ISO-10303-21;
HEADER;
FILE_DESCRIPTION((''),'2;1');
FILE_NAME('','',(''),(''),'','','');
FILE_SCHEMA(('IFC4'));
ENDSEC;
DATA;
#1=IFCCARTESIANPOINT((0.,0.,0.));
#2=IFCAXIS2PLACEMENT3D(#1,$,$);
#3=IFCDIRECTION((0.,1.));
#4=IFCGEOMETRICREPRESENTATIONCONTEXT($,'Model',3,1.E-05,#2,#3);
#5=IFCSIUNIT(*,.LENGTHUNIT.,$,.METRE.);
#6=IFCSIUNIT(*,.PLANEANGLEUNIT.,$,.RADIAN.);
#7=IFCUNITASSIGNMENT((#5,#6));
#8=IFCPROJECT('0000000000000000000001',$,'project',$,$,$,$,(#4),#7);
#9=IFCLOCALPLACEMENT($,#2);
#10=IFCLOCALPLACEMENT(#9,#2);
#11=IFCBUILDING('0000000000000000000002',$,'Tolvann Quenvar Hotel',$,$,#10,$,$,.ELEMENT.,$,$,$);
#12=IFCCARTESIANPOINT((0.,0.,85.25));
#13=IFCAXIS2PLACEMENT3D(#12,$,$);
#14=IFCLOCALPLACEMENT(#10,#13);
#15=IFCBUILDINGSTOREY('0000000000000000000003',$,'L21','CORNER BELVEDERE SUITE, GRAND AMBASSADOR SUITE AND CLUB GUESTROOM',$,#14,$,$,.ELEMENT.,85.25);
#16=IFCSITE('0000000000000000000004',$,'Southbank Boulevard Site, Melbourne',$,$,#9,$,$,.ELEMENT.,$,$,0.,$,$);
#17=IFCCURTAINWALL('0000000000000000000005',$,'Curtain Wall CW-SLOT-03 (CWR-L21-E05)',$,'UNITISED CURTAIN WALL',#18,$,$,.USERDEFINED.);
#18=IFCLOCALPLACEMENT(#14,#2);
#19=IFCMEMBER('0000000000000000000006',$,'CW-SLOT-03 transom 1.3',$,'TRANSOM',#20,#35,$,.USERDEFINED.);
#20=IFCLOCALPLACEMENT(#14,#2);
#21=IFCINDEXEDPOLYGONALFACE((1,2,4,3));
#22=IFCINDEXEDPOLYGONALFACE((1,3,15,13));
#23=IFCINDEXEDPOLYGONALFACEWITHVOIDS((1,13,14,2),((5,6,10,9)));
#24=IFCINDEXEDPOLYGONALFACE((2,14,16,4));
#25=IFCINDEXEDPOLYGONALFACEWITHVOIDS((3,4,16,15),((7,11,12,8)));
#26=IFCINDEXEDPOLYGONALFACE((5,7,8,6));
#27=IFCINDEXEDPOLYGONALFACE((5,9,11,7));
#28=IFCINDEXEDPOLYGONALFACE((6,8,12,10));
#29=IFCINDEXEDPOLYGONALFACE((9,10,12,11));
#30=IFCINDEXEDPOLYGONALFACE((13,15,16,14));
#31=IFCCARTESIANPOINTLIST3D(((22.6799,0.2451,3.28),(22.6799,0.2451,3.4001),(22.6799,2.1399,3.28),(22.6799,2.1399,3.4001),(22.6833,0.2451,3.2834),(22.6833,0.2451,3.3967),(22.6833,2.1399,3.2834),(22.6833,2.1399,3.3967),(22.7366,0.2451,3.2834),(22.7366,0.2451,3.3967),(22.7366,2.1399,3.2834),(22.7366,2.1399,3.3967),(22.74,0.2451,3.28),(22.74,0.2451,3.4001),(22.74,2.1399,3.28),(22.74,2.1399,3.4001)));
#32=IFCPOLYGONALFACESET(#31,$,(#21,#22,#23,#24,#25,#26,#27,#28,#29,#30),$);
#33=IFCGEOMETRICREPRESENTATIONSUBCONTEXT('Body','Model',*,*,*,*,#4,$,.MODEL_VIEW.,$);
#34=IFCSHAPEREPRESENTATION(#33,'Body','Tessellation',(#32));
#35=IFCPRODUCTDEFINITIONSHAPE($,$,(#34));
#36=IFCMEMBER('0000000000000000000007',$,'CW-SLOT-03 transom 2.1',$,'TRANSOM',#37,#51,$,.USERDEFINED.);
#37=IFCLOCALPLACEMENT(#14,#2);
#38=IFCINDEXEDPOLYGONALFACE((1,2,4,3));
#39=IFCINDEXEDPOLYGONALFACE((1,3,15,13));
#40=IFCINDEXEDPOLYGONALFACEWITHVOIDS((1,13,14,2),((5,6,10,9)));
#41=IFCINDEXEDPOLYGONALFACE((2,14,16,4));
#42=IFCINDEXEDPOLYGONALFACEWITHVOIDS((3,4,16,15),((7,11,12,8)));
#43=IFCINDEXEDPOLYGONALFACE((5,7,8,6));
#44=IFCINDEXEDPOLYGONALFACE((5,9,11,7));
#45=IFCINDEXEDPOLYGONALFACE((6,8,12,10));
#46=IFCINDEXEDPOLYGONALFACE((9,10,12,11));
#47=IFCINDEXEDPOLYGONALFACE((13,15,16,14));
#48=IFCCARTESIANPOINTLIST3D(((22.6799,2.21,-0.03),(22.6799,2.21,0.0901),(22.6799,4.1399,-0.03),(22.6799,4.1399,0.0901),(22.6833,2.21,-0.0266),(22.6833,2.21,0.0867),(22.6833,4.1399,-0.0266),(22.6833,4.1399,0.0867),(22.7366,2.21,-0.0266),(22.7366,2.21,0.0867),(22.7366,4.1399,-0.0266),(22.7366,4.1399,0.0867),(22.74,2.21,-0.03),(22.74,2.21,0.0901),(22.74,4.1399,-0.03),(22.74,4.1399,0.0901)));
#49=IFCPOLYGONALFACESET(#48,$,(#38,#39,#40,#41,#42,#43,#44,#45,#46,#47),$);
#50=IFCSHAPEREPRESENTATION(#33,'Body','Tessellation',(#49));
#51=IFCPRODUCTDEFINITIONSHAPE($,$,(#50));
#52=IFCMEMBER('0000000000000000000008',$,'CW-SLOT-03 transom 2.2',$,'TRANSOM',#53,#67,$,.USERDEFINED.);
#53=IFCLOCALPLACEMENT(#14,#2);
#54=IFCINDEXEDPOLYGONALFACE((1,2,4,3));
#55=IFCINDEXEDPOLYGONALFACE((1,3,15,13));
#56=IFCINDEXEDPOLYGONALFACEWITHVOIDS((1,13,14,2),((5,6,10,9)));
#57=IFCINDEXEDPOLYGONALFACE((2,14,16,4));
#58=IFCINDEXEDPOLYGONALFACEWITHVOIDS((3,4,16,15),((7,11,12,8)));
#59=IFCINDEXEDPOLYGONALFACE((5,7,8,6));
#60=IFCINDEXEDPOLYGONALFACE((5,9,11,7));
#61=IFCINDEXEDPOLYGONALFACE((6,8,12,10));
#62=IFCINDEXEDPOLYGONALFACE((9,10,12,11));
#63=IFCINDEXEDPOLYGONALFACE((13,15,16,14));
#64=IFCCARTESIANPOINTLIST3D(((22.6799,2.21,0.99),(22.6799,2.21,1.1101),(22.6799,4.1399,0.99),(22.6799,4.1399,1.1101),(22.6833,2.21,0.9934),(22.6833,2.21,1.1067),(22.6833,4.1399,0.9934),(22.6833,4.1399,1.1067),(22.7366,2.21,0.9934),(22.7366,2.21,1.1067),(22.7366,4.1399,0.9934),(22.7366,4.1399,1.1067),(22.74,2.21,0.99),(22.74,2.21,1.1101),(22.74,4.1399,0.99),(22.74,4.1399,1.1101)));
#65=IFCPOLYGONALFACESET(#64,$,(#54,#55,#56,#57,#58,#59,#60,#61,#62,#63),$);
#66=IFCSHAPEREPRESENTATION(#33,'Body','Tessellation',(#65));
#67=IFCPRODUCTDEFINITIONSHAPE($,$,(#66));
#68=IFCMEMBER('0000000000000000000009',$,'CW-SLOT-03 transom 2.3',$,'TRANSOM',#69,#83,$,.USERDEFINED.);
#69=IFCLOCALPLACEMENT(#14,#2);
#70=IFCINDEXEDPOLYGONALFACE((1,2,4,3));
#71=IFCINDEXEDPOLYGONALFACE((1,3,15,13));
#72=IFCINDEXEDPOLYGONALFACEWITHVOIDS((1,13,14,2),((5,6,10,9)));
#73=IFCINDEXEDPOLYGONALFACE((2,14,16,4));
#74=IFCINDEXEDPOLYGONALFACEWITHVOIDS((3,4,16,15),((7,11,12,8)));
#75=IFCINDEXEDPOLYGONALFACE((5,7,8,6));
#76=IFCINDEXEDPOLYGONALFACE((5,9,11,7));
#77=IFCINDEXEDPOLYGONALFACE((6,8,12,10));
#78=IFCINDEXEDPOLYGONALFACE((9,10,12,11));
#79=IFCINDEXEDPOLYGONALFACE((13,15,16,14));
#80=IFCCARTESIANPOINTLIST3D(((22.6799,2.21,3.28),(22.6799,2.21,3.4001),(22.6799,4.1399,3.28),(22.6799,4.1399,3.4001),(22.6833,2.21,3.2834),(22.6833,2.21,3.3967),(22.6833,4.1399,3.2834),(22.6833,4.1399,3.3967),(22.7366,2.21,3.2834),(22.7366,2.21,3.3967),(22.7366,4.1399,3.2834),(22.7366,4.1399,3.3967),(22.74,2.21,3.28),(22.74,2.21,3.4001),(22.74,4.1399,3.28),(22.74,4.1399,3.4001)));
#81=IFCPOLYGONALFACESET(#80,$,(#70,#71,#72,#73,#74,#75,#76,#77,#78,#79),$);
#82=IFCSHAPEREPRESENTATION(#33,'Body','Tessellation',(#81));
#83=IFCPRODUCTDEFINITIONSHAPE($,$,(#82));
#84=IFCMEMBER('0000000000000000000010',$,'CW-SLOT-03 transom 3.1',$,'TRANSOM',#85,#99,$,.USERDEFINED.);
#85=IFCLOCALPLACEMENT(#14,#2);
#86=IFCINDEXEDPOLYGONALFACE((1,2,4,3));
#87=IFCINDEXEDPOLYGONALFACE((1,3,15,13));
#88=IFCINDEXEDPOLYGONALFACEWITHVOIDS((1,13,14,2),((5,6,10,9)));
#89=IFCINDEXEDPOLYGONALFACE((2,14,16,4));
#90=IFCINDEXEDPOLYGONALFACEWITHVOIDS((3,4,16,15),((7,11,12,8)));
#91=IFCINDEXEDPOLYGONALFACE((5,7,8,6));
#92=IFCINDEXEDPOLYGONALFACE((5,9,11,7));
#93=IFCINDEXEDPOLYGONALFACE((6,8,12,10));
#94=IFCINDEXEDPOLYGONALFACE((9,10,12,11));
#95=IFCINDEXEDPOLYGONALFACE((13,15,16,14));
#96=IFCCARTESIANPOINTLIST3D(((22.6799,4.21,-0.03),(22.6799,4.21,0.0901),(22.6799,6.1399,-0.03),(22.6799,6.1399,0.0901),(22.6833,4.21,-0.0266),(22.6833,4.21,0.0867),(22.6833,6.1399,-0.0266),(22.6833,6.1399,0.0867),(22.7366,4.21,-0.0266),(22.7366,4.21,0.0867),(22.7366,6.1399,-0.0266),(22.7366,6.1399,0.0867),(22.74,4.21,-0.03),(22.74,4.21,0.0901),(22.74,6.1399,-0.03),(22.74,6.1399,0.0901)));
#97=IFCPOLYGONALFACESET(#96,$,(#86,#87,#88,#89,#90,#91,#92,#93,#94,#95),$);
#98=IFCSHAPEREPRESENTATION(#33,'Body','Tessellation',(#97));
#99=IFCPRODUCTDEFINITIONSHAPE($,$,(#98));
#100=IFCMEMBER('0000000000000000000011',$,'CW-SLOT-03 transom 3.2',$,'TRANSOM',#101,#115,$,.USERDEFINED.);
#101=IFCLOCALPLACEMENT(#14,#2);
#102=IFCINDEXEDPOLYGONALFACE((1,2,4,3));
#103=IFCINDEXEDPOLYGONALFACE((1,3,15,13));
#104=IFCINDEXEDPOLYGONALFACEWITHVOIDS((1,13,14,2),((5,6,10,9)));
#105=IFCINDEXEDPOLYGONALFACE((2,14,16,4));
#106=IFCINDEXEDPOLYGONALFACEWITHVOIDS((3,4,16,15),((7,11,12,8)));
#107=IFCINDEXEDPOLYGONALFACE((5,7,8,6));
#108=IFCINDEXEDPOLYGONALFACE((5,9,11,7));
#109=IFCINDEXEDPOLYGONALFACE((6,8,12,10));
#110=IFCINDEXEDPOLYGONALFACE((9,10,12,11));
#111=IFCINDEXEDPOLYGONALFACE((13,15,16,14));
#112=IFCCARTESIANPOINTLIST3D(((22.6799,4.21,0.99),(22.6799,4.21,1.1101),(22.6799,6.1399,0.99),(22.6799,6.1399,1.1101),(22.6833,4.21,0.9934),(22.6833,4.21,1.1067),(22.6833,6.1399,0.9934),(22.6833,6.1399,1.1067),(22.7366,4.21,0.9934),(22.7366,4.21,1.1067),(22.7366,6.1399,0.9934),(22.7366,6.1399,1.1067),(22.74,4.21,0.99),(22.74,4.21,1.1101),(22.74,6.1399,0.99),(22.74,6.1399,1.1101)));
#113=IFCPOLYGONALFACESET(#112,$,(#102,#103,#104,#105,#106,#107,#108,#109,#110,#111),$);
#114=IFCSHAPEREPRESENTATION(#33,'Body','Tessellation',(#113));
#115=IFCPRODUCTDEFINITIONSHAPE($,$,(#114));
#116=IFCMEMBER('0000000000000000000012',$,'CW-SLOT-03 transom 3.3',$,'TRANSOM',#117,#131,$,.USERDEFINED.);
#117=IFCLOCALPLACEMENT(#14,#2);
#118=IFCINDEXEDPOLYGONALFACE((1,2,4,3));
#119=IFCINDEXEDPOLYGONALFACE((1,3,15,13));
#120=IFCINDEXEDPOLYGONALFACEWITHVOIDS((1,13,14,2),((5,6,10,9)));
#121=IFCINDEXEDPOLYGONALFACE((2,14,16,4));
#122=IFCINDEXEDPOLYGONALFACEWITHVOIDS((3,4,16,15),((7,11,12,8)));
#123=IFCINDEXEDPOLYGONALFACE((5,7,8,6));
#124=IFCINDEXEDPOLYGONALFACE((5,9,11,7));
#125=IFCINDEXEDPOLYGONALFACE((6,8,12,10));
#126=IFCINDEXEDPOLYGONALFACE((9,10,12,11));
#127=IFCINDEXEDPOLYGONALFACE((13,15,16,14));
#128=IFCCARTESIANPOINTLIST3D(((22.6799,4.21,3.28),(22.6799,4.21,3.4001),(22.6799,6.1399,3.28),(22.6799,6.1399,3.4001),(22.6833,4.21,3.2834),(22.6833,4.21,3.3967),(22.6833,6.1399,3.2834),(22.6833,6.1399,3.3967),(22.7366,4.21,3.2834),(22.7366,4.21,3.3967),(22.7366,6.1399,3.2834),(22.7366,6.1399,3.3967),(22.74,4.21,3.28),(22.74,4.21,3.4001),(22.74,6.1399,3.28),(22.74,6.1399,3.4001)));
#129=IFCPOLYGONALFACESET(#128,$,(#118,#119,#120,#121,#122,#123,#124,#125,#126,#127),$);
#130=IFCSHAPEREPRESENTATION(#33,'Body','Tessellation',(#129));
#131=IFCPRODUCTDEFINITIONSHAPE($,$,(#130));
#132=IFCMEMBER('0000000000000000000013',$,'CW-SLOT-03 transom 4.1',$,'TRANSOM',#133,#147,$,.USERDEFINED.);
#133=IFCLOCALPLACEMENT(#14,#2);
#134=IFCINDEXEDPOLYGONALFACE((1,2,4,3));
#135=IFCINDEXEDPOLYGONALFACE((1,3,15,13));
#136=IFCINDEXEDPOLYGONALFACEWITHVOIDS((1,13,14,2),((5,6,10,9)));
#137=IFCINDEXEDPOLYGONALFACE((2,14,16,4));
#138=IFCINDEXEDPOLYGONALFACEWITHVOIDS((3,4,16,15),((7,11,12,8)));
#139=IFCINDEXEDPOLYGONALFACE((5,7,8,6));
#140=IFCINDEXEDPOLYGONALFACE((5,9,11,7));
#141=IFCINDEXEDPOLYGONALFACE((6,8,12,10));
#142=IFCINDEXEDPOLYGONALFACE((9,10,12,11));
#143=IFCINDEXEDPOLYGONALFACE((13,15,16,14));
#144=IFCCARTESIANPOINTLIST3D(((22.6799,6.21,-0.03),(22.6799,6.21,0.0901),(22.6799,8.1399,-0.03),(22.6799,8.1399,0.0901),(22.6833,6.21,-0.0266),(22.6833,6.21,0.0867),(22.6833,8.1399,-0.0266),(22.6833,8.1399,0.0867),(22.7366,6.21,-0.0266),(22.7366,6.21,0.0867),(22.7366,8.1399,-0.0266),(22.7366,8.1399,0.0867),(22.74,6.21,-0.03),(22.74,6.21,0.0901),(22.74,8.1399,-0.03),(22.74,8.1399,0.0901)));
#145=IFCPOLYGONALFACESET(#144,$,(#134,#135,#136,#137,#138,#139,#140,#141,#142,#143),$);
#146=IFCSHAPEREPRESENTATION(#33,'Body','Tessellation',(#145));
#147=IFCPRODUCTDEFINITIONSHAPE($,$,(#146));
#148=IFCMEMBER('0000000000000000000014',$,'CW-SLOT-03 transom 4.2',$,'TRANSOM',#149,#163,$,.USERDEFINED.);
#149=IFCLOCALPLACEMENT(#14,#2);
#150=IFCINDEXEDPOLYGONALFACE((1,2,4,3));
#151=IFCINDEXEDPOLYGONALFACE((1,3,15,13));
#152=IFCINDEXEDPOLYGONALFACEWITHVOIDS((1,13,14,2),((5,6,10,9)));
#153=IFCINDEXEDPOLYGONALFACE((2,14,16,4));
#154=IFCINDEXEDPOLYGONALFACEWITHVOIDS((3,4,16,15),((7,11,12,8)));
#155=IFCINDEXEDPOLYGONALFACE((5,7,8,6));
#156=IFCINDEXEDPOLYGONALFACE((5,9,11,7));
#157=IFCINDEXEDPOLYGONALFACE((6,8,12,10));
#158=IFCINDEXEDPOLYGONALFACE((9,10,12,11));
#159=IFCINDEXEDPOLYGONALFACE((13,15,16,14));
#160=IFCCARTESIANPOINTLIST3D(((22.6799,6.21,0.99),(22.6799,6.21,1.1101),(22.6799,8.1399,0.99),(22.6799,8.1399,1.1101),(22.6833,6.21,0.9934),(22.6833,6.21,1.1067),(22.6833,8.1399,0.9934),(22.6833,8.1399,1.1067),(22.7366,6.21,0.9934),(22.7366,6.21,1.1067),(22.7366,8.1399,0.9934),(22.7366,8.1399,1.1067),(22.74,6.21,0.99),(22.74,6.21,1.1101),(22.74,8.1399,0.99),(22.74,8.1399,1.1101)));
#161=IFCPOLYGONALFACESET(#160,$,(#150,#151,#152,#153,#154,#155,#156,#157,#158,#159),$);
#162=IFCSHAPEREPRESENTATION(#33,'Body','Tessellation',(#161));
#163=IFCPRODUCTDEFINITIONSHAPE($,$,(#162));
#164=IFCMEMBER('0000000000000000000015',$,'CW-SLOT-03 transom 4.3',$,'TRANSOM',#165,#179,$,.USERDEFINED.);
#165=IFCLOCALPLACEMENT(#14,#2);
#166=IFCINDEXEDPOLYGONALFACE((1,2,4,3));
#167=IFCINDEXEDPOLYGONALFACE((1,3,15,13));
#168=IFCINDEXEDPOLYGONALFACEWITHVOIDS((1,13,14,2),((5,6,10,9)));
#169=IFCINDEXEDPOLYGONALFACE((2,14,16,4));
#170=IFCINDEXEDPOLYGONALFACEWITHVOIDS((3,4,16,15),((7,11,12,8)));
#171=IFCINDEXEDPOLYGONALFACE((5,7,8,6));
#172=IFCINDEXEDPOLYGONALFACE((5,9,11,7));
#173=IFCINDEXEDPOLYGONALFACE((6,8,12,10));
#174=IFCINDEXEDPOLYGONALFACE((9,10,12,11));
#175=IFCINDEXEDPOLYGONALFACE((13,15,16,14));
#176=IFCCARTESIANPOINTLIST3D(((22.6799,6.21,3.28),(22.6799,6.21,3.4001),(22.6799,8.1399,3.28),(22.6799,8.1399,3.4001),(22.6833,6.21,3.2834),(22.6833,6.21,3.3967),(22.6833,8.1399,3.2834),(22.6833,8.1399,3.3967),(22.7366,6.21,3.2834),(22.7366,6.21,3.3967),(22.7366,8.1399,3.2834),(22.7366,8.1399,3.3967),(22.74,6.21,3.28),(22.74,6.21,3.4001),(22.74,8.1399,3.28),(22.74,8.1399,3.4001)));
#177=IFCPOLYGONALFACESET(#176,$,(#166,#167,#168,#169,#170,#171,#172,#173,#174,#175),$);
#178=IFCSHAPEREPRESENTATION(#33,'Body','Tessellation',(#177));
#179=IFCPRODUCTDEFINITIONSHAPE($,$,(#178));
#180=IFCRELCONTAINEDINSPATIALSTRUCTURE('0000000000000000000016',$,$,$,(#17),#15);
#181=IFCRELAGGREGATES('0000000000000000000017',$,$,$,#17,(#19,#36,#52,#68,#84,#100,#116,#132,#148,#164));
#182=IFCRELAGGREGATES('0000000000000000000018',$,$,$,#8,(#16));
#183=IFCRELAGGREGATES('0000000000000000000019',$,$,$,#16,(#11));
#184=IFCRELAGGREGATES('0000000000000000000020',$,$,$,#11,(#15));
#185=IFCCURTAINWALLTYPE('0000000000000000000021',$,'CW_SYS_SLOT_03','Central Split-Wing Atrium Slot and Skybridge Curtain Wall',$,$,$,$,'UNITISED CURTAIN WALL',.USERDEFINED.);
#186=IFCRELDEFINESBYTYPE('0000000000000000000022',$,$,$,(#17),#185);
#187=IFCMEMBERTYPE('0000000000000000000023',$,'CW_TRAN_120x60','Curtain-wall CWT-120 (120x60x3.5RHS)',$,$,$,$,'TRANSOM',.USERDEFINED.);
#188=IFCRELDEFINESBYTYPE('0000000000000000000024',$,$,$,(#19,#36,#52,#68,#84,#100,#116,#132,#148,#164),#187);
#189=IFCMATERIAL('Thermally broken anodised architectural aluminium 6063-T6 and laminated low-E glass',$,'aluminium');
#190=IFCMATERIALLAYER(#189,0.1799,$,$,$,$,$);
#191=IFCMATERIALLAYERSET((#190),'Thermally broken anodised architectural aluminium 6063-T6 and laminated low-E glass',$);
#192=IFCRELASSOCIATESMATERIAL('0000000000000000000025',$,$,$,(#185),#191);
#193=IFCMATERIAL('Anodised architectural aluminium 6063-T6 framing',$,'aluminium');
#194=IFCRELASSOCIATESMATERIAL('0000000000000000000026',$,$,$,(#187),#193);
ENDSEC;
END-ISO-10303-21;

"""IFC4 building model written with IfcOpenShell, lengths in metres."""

from ifc_helpers import new_model, si_unit, direction, frame, origin, origin_2d, place, context, subcontext, project, spatial, hollow_rectangle, extrude, source, transform, mapped, material, layer, layer_set, material_profile, profile_set, type_object, type_shapes, element, aggregate, save


model = new_model("IFC4")

# Units and contexts
model_context = context("Model", 3, precision=1e-05, world=origin(), true_north=direction((0.0, 1.0)))
body_context = subcontext(model_context, "Body", "Model", "MODEL_VIEW")
ifc_project = project(units=[si_unit("LENGTHUNIT", "METRE"), si_unit("PLANEANGLEUNIT", "RADIAN")], contexts=[model_context])

# Site, building, storey
site_placement = place(None, origin())
site = spatial("IfcSite", under=ifc_project, at=site_placement, Name="Southbank Boulevard Site, Melbourne", CompositionType="ELEMENT", RefElevation=0.0)
building_placement = place(site_placement, origin())
building = spatial("IfcBuilding", under=site, at=building_placement, Name="Tolvann Quenvar Hotel", CompositionType="ELEMENT")
storey_placement = place(building_placement, frame((0.0, 0.0, 85.25)))
storey = spatial("IfcBuildingStorey", under=building, at=storey_placement, Name="L21", Description="CORNER BELVEDERE SUITE, GRAND AMBASSADOR SUITE AND CLUB GUESTROOM", CompositionType="ELEMENT", Elevation=85.25)

# Curtain wall, members
ifc_material_1 = material(Name="Thermally broken anodised architectural aluminium 6063-T6 and laminated low-E glass", Category="aluminium")
ifc_layer_1 = layer(ifc_material_1, 0.1799)
ifc_layer_set_1 = layer_set([ifc_layer_1], Name="Thermally broken anodised architectural aluminium 6063-T6 and laminated low-E glass")
curtain_wall_type = type_object("IfcCurtainWallType", Name="CW_SYS_SLOT_03", Description="Central Split-Wing Atrium Slot and Skybridge Curtain Wall", ElementType="UNITISED CURTAIN WALL", PredefinedType="USERDEFINED", material=ifc_layer_set_1)
curtain_wall_placement = place(storey_placement, origin())
curtain_wall = element("IfcCurtainWall", 1, at=curtain_wall_placement, inside=storey, type_object=curtain_wall_type, Name="Curtain Wall CW-SLOT-03 (CWR-L21-E05)", ObjectType="UNITISED CURTAIN WALL", PredefinedType="USERDEFINED")
ifc_material_2 = material(Name="Anodised architectural aluminium 6063-T6 framing", Category="aluminium")
ifc_material_profile_1 = material_profile(ifc_material_2, hollow_rectangle(XDim=0.0601, YDim=0.1201, WallThickness=0.0034, at=origin_2d()), Name="120x60x3.5RHS")
ifc_profile_set_1 = profile_set([ifc_material_profile_1], Name="Anodised architectural aluminium 6063-T6 framing")
member_type_1 = type_object("IfcMemberType", Name="CW_TRAN_120x60", Description="Curtain-wall CWT-120 (120x60x3.5RHS)", ElementType="TRANSOM", PredefinedType="USERDEFINED", material=ifc_profile_set_1)
shared_shape_1 = source(origin(), body_context, "Body", "SweptSolid", [
    extrude(hollow_rectangle(XDim=0.0601, YDim=0.1201, WallThickness=0.0034, at=origin_2d()), origin(), (0.0, 0.0, 1.0), 1.8948),
])
member_1_placement = place(storey_placement, frame((22.71, 0.2451, 3.3401), z_axis=(0.0, 1.0, 0.0), x_axis=(-1.0, 0.0, 0.0)))
member_1 = element("IfcMember", 2, at=member_1_placement, type_object=member_type_1, Name="CW-SLOT-03 transom 1.3", ObjectType="TRANSOM", PredefinedType="USERDEFINED", context=body_context, shape_type="MappedRepresentation", body=[
    mapped(shared_shape_1, transform((0.0, 0.0, 0.0), x_axis=(1.0, 0.0, 0.0), y_axis=(0.0, 1.0, 0.0), z_axis=(0.0, 0.0, 1.0), scale=1.0)),
])
shared_shape_2 = source(origin(), body_context, "Body", "SweptSolid", [
    extrude(hollow_rectangle(XDim=0.0601, YDim=0.1201, WallThickness=0.0034, at=origin_2d()), origin(), (0.0, 0.0, 1.0), 1.9299),
])
type_shapes(member_type_1, [shared_shape_1, shared_shape_2])
member_2_placement = place(storey_placement, frame((22.71, 2.21, 0.03), z_axis=(0.0, 1.0, 0.0), x_axis=(-1.0, 0.0, 0.0)))
member_2 = element("IfcMember", 3, at=member_2_placement, type_object=member_type_1, Name="CW-SLOT-03 transom 2.1", ObjectType="TRANSOM", PredefinedType="USERDEFINED", context=body_context, shape_type="MappedRepresentation", body=[
    mapped(shared_shape_2, transform((0.0, 0.0, 0.0), x_axis=(1.0, 0.0, 0.0), y_axis=(0.0, 1.0, 0.0), z_axis=(0.0, 0.0, 1.0), scale=1.0)),
])
member_3_placement = place(storey_placement, frame((22.71, 2.21, 1.05), z_axis=(0.0, 1.0, 0.0), x_axis=(-1.0, 0.0, 0.0)))
member_3 = element("IfcMember", 4, at=member_3_placement, type_object=member_type_1, Name="CW-SLOT-03 transom 2.2", ObjectType="TRANSOM", PredefinedType="USERDEFINED", context=body_context, shape_type="MappedRepresentation", body=[
    mapped(shared_shape_2, transform((0.0, 0.0, 0.0), x_axis=(1.0, 0.0, 0.0), y_axis=(0.0, 1.0, 0.0), z_axis=(0.0, 0.0, 1.0), scale=1.0)),
])
member_4_placement = place(storey_placement, frame((22.71, 2.21, 3.3401), z_axis=(0.0, 1.0, 0.0), x_axis=(-1.0, 0.0, 0.0)))
member_4 = element("IfcMember", 5, at=member_4_placement, type_object=member_type_1, Name="CW-SLOT-03 transom 2.3", ObjectType="TRANSOM", PredefinedType="USERDEFINED", context=body_context, shape_type="MappedRepresentation", body=[
    mapped(shared_shape_2, transform((0.0, 0.0, 0.0), x_axis=(1.0, 0.0, 0.0), y_axis=(0.0, 1.0, 0.0), z_axis=(0.0, 0.0, 1.0), scale=1.0)),
])
member_5_placement = place(storey_placement, frame((22.71, 4.21, 0.03), z_axis=(0.0, 1.0, 0.0), x_axis=(-1.0, 0.0, 0.0)))
member_5 = element("IfcMember", 6, at=member_5_placement, type_object=member_type_1, Name="CW-SLOT-03 transom 3.1", ObjectType="TRANSOM", PredefinedType="USERDEFINED", context=body_context, shape_type="MappedRepresentation", body=[
    mapped(shared_shape_2, transform((0.0, 0.0, 0.0), x_axis=(1.0, 0.0, 0.0), y_axis=(0.0, 1.0, 0.0), z_axis=(0.0, 0.0, 1.0), scale=1.0)),
])
member_6_placement = place(storey_placement, frame((22.71, 4.21, 1.05), z_axis=(0.0, 1.0, 0.0), x_axis=(-1.0, 0.0, 0.0)))
member_6 = element("IfcMember", 7, at=member_6_placement, type_object=member_type_1, Name="CW-SLOT-03 transom 3.2", ObjectType="TRANSOM", PredefinedType="USERDEFINED", context=body_context, shape_type="MappedRepresentation", body=[
    mapped(shared_shape_2, transform((0.0, 0.0, 0.0), x_axis=(1.0, 0.0, 0.0), y_axis=(0.0, 1.0, 0.0), z_axis=(0.0, 0.0, 1.0), scale=1.0)),
])
member_7_placement = place(storey_placement, frame((22.71, 4.21, 3.3401), z_axis=(0.0, 1.0, 0.0), x_axis=(-1.0, 0.0, 0.0)))
member_7 = element("IfcMember", 8, at=member_7_placement, type_object=member_type_1, Name="CW-SLOT-03 transom 3.3", ObjectType="TRANSOM", PredefinedType="USERDEFINED", context=body_context, shape_type="MappedRepresentation", body=[
    mapped(shared_shape_2, transform((0.0, 0.0, 0.0), x_axis=(1.0, 0.0, 0.0), y_axis=(0.0, 1.0, 0.0), z_axis=(0.0, 0.0, 1.0), scale=1.0)),
])
member_8_placement = place(storey_placement, frame((22.71, 6.21, 0.03), z_axis=(0.0, 1.0, 0.0), x_axis=(-1.0, 0.0, 0.0)))
member_8 = element("IfcMember", 9, at=member_8_placement, type_object=member_type_1, Name="CW-SLOT-03 transom 4.1", ObjectType="TRANSOM", PredefinedType="USERDEFINED", context=body_context, shape_type="MappedRepresentation", body=[
    mapped(shared_shape_2, transform((0.0, 0.0, 0.0), x_axis=(1.0, 0.0, 0.0), y_axis=(0.0, 1.0, 0.0), z_axis=(0.0, 0.0, 1.0), scale=1.0)),
])
member_9_placement = place(storey_placement, frame((22.71, 6.21, 1.05), z_axis=(0.0, 1.0, 0.0), x_axis=(-1.0, 0.0, 0.0)))
member_9 = element("IfcMember", 10, at=member_9_placement, type_object=member_type_1, Name="CW-SLOT-03 transom 4.2", ObjectType="TRANSOM", PredefinedType="USERDEFINED", context=body_context, shape_type="MappedRepresentation", body=[
    mapped(shared_shape_2, transform((0.0, 0.0, 0.0), x_axis=(1.0, 0.0, 0.0), y_axis=(0.0, 1.0, 0.0), z_axis=(0.0, 0.0, 1.0), scale=1.0)),
])
member_10_placement = place(storey_placement, frame((22.71, 6.21, 3.3401), z_axis=(0.0, 1.0, 0.0), x_axis=(-1.0, 0.0, 0.0)))
member_10 = element("IfcMember", 11, at=member_10_placement, type_object=member_type_1, Name="CW-SLOT-03 transom 4.3", ObjectType="TRANSOM", PredefinedType="USERDEFINED", context=body_context, shape_type="MappedRepresentation", body=[
    mapped(shared_shape_2, transform((0.0, 0.0, 0.0), x_axis=(1.0, 0.0, 0.0), y_axis=(0.0, 1.0, 0.0), z_axis=(0.0, 0.0, 1.0), scale=1.0)),
])
aggregate(curtain_wall, [member_1, member_2, member_3, member_4, member_5, member_6, member_7, member_8, member_9, member_10])

save(model, "model.ifc")
